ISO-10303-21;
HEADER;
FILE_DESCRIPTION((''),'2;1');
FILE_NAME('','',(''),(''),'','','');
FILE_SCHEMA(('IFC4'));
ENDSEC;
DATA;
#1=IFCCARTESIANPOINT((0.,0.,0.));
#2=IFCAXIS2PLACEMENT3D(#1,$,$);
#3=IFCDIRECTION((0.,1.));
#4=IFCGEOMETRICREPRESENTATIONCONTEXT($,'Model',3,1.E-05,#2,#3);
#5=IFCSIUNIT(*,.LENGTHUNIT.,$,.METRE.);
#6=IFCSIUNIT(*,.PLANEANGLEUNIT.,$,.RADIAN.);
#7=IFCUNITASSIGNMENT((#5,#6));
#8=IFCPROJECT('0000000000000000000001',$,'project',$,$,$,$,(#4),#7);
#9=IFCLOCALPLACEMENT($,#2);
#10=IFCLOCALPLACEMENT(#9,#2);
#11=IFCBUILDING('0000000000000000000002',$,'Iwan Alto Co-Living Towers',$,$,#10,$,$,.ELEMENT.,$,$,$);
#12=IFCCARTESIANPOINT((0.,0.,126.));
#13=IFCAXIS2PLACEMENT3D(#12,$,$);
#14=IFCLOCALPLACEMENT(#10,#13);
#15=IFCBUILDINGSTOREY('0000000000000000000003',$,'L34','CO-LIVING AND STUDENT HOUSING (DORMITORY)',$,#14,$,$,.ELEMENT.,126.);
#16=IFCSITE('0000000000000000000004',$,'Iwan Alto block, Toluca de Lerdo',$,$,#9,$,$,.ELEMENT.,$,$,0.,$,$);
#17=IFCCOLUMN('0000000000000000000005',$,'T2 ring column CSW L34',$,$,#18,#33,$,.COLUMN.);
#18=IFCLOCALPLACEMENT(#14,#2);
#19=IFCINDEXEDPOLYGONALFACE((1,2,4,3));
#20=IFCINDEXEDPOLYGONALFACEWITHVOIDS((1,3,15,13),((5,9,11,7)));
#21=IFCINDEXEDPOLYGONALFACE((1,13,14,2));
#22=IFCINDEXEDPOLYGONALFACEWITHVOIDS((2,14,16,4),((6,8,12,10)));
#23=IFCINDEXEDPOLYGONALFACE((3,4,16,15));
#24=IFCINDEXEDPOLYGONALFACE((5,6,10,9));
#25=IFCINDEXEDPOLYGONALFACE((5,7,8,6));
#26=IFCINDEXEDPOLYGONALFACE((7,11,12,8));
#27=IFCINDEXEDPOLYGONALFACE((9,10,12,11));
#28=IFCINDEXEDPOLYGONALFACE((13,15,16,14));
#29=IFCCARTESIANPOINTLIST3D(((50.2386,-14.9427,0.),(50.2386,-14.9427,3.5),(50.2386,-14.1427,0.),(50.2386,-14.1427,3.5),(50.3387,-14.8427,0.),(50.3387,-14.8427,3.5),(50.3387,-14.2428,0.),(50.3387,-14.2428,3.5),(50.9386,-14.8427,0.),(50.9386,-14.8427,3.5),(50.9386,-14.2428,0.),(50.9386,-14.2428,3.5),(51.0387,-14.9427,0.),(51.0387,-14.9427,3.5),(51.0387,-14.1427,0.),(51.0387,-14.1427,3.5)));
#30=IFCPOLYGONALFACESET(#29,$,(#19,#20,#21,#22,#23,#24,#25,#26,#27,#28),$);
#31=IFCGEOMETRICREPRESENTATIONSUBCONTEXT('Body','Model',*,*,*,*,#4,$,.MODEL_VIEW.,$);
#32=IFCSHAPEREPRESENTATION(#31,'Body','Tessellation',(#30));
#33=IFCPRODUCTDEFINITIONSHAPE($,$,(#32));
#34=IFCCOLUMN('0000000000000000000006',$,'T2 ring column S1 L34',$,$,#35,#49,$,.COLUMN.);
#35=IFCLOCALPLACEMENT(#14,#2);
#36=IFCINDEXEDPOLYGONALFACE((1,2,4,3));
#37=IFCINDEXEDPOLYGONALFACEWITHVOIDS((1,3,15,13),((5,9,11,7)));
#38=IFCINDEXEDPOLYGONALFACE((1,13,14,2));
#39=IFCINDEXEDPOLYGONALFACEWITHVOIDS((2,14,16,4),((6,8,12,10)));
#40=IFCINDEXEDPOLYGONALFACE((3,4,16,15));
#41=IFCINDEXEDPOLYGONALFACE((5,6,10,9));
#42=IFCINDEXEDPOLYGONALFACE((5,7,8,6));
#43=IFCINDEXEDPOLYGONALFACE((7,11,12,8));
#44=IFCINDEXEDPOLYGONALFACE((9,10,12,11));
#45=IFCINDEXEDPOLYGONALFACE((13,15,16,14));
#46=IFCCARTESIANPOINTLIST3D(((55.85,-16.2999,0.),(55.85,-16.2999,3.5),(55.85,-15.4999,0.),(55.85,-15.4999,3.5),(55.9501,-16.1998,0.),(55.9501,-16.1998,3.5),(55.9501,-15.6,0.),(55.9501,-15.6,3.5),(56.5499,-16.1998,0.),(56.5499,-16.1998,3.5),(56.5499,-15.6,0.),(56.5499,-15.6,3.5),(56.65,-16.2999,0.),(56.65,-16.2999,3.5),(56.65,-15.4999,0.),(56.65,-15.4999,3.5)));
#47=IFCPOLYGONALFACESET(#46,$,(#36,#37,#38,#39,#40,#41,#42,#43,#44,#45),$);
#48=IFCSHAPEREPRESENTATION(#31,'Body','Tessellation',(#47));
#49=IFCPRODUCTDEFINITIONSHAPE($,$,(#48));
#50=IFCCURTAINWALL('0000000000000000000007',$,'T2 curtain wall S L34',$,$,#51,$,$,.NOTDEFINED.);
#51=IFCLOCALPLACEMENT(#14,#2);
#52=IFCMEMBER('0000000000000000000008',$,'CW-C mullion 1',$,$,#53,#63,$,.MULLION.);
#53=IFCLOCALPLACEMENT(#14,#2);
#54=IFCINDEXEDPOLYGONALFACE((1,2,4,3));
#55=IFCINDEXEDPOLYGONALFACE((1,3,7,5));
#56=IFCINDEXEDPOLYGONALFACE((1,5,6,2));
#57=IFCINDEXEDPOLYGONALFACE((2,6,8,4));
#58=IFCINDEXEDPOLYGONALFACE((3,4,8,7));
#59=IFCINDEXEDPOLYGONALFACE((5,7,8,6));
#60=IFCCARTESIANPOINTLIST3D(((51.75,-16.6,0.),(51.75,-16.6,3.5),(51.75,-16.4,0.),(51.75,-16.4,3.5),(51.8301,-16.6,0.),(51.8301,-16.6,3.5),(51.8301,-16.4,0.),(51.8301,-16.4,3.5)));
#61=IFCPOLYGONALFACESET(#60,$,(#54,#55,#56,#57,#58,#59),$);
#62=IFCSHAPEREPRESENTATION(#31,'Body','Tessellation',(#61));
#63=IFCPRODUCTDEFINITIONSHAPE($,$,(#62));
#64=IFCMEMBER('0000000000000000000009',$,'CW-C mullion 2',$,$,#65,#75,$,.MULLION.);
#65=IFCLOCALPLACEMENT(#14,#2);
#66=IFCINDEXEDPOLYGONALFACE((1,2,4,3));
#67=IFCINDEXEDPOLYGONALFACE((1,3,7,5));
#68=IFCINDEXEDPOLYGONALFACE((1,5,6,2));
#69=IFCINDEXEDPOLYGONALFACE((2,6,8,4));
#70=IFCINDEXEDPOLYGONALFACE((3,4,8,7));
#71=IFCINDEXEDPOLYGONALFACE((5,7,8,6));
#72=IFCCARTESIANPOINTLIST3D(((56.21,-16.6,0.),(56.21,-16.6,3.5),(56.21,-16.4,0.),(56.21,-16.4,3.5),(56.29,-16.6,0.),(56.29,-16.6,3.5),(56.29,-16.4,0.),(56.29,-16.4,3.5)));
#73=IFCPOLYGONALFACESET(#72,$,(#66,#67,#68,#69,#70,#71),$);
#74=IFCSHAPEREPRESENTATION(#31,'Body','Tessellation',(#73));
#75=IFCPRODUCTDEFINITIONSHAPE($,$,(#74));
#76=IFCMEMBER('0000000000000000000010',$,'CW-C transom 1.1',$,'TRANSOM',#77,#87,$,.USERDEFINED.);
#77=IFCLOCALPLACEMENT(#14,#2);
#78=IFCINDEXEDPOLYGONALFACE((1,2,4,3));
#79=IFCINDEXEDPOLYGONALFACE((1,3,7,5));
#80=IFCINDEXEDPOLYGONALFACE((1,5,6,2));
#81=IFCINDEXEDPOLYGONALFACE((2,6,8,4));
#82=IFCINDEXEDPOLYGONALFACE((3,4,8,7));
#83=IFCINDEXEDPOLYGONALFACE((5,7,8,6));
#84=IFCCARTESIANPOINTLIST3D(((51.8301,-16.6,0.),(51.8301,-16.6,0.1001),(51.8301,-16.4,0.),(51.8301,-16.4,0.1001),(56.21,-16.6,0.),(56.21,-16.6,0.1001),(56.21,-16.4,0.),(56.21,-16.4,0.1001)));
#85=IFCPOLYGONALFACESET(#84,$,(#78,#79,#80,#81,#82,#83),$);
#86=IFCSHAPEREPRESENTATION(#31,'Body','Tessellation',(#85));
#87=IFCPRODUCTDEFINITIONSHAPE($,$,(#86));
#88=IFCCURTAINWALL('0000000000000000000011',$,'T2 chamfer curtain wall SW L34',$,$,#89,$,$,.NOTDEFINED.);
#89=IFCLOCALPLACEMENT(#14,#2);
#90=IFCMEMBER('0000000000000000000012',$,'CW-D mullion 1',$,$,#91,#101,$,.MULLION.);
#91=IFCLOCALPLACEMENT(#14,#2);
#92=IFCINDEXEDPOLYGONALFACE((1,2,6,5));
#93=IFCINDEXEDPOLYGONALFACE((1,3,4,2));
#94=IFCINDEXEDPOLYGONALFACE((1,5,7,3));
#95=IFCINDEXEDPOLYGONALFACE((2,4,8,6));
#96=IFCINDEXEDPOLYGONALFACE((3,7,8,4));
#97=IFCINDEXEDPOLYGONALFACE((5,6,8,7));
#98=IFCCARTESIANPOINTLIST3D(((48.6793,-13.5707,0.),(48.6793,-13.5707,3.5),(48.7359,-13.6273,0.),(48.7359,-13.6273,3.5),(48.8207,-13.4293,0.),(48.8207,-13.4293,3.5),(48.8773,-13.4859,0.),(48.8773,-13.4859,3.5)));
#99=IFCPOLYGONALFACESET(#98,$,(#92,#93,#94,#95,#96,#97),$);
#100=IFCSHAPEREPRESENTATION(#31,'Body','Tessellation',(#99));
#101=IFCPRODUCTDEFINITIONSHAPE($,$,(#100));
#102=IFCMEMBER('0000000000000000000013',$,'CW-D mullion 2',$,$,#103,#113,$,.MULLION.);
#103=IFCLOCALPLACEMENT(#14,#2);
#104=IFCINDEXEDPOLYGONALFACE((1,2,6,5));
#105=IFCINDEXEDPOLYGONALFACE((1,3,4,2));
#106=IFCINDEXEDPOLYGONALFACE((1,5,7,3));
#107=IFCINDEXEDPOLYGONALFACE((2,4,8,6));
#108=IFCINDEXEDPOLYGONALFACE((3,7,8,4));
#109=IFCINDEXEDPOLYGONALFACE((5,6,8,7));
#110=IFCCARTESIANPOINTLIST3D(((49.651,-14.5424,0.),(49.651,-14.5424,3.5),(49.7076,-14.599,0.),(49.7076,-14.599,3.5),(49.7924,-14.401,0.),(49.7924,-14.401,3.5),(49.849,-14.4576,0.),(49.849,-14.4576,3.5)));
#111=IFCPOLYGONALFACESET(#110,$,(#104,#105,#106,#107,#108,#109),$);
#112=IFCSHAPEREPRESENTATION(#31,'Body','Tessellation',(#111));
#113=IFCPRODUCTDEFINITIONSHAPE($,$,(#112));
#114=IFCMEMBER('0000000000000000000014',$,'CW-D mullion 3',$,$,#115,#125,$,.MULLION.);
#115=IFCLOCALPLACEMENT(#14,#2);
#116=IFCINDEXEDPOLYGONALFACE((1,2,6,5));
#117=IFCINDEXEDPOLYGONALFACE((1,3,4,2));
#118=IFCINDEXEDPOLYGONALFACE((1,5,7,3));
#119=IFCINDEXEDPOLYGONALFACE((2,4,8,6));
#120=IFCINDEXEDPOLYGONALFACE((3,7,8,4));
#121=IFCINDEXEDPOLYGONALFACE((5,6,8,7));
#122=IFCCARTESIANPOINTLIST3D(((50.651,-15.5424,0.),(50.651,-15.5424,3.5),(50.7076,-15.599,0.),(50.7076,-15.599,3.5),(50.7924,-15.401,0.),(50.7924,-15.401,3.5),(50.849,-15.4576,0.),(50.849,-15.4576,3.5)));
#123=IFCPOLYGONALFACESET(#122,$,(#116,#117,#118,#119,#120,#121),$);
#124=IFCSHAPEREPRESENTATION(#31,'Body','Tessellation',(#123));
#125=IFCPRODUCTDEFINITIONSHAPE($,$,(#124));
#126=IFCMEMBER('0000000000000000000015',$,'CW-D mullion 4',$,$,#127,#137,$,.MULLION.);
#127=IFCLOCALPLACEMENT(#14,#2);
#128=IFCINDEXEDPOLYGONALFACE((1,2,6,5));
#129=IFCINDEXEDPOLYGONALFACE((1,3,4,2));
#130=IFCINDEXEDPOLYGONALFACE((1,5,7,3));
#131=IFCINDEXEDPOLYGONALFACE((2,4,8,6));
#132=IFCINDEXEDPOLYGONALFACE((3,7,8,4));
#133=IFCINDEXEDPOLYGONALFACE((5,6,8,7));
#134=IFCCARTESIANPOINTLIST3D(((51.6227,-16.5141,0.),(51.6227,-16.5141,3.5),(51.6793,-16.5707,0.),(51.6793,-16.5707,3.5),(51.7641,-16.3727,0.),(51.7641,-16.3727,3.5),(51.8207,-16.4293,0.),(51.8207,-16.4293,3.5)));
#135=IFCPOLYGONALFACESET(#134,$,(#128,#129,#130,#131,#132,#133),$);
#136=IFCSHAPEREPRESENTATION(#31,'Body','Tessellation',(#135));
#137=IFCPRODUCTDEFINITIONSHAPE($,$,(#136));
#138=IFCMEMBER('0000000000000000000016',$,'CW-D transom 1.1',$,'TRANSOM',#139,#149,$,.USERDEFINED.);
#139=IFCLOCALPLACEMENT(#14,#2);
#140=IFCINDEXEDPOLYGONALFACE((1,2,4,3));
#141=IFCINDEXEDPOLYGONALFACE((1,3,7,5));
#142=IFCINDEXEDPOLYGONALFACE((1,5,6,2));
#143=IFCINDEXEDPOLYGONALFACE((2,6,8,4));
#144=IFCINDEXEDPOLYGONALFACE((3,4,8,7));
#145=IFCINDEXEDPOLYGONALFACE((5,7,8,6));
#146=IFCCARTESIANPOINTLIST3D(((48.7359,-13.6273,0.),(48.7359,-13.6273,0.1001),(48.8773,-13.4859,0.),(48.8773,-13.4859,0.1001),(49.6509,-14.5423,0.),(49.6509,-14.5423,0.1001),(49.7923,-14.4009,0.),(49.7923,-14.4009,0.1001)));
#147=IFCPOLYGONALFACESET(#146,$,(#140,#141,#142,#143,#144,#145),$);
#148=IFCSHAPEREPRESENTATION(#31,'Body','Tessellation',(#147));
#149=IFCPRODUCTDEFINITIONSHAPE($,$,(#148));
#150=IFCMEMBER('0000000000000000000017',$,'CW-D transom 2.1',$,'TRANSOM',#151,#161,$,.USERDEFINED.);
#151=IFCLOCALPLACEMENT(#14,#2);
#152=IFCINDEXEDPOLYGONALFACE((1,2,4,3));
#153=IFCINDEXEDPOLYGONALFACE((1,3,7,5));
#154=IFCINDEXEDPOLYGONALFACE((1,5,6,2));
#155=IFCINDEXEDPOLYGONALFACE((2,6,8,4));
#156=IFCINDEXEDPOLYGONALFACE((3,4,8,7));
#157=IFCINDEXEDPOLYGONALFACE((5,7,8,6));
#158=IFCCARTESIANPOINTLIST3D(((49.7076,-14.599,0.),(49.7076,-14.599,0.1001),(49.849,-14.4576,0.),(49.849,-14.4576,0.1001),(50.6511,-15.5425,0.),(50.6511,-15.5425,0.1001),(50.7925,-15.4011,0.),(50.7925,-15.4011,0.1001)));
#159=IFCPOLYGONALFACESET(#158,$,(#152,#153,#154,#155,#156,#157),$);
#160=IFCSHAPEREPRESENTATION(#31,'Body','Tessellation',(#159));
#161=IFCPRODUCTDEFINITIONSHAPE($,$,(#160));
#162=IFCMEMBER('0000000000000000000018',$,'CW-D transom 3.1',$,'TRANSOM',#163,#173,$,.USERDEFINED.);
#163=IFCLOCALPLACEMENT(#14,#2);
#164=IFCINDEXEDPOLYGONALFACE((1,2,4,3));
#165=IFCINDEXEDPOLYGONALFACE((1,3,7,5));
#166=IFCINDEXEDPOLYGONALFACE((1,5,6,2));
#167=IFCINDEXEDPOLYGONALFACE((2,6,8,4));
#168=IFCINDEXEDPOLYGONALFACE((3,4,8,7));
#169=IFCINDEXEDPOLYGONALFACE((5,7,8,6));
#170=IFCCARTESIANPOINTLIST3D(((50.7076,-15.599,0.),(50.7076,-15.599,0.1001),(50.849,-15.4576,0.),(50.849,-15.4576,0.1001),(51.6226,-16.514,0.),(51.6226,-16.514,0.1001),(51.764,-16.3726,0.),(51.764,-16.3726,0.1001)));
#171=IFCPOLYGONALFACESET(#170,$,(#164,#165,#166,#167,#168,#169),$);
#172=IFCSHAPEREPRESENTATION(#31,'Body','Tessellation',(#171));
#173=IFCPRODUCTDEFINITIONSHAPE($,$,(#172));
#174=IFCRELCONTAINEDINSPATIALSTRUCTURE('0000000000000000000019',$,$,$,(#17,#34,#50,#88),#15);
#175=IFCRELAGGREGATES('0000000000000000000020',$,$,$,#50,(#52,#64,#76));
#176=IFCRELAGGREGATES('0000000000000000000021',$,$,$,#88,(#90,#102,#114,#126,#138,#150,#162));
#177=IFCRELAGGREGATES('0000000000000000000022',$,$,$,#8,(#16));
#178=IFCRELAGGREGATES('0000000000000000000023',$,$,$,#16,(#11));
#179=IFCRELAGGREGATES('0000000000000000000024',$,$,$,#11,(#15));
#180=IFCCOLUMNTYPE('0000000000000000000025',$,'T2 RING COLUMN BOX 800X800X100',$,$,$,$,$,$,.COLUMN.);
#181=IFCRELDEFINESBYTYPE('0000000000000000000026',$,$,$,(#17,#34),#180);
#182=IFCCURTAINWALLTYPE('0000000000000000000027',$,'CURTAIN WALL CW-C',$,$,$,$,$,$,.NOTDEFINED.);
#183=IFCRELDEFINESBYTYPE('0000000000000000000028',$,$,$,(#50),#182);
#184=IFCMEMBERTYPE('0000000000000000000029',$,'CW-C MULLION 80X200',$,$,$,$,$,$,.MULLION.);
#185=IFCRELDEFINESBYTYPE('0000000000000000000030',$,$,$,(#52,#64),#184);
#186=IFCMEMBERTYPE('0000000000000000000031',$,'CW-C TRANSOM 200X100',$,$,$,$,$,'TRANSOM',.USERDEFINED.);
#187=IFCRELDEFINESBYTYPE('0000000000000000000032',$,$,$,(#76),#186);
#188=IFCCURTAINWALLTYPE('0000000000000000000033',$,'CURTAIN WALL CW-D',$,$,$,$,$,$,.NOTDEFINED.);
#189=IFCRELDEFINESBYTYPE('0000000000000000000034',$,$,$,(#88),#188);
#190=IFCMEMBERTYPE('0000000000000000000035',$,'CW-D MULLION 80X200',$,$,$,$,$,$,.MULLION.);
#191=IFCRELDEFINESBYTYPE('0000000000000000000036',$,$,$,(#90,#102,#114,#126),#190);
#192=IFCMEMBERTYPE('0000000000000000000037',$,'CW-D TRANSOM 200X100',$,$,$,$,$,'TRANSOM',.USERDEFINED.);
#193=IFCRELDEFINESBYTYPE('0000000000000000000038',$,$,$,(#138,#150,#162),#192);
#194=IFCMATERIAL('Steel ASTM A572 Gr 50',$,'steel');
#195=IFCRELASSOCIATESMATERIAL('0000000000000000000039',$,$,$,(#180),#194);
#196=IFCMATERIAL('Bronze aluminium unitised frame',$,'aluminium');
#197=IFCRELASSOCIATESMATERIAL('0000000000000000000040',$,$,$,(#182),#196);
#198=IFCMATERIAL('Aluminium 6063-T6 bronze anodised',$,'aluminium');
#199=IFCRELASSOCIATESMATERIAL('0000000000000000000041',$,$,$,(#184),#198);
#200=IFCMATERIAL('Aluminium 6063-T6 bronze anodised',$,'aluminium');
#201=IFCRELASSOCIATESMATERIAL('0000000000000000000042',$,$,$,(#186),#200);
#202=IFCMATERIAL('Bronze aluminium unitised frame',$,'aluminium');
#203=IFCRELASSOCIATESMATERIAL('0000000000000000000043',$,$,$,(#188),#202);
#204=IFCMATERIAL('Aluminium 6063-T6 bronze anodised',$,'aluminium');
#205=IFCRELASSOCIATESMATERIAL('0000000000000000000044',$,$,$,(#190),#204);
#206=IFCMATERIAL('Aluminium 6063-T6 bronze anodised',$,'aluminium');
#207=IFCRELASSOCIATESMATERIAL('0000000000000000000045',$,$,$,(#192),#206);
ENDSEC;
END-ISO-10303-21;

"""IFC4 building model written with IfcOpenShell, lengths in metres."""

from ifc_helpers import new_model, si_unit, direction, frame, origin, origin_2d, place, context, subcontext, project, spatial, rectangle, hollow_rectangle, extrude, material, material_profile, profile_set, type_object, element, aggregate, save


model = new_model("IFC4")

# Units and contexts
model_context = context("Model", 3, precision=1e-05, world=origin(), true_north=direction((0.0, 1.0)))
body_context = subcontext(model_context, "Body", "Model", "MODEL_VIEW")
ifc_project = project(units=[si_unit("LENGTHUNIT", "METRE"), si_unit("PLANEANGLEUNIT", "RADIAN")], contexts=[model_context])

# Site, building, storey
site_placement = place(None, origin())
site = spatial("IfcSite", under=ifc_project, at=site_placement, Name="Iwan Alto block, Toluca de Lerdo", CompositionType="ELEMENT", RefElevation=0.0)
building_placement = place(site_placement, origin())
building = spatial("IfcBuilding", under=site, at=building_placement, Name="Iwan Alto Co-Living Towers", CompositionType="ELEMENT")
storey_placement = place(building_placement, frame((0.0, 0.0, 126.0)))
storey = spatial("IfcBuildingStorey", under=building, at=storey_placement, Name="L34", Description="CO-LIVING AND STUDENT HOUSING (DORMITORY)", CompositionType="ELEMENT", Elevation=126.0)

# Columns
ifc_material_1 = material(Name="Steel ASTM A572 Gr 50", Category="steel")
ifc_material_profile_1 = material_profile(ifc_material_1, hollow_rectangle(XDim=0.8, YDim=0.8, WallThickness=0.1001, at=origin_2d()), Name="BOX 800X800X100")
ifc_profile_set_1 = profile_set([ifc_material_profile_1], Name="Steel ASTM A572 Gr 50")
column_type = type_object("IfcColumnType", Name="T2 RING COLUMN BOX 800X800X100", PredefinedType="COLUMN", material=ifc_profile_set_1)
for number, where, z_axis, x_axis, name in (
    (1, (50.6387, -14.5427, 0.0), (0.0, 0.0, 1.0), (1.0, 0.0, 0.0), "T2 ring column CSW L34"),
    (2, (56.25, -15.8999, 0.0), (0.0, 0.0, 1.0), (1.0, 0.0, 0.0), "T2 ring column S1 L34"),
):
    element("IfcColumn", number, at=place(storey_placement, frame(where, z_axis=z_axis, x_axis=x_axis)), inside=storey, type_object=column_type, Name=name, PredefinedType="COLUMN", context=body_context, shape_type="SweptSolid", body=[
        extrude(hollow_rectangle(XDim=0.8, YDim=0.8, WallThickness=0.1001, at=origin_2d()), origin(), (0.0, 0.0, 1.0), 3.5),
    ])

# Curtain walls, members
ifc_material_2 = material(Name="Bronze aluminium unitised frame", Category="aluminium")
curtain_wall_type_1 = type_object("IfcCurtainWallType", Name="CURTAIN WALL CW-C", PredefinedType="NOTDEFINED", material=ifc_material_2)
curtain_wall_1_placement = place(storey_placement, origin())
curtain_wall_1 = element("IfcCurtainWall", 3, at=curtain_wall_1_placement, inside=storey, type_object=curtain_wall_type_1, Name="T2 curtain wall S L34", PredefinedType="NOTDEFINED")
ifc_material_3 = material(Name="Aluminium 6063-T6 bronze anodised", Category="aluminium")
ifc_material_profile_2 = material_profile(ifc_material_3, rectangle(XDim=0.2, YDim=0.0801, at=origin_2d()), Name="AL 80X200")
ifc_profile_set_2 = profile_set([ifc_material_profile_2], Name="Aluminium 6063-T6 bronze anodised")
member_type_1 = type_object("IfcMemberType", Name="CW-C MULLION 80X200", PredefinedType="MULLION", material=ifc_profile_set_2)
member_1_placement = place(storey_placement, frame((51.79, -16.5, 0.0), z_axis=(0.0, 0.0, 1.0), x_axis=(0.0, 1.0, 0.0)))
member_1 = element("IfcMember", 4, at=member_1_placement, type_object=member_type_1, Name="CW-C mullion 1", PredefinedType="MULLION", context=body_context, shape_type="SweptSolid", body=[
    extrude(rectangle(XDim=0.2, YDim=0.0801, at=origin_2d()), origin(), (0.0, 0.0, 1.0), 3.5),
])
member_2_placement = place(storey_placement, frame((56.25, -16.5, 0.0), z_axis=(0.0, 0.0, 1.0), x_axis=(0.0, 1.0, 0.0)))
member_2 = element("IfcMember", 5, at=member_2_placement, type_object=member_type_1, Name="CW-C mullion 2", PredefinedType="MULLION", context=body_context, shape_type="SweptSolid", body=[
    extrude(rectangle(XDim=0.2, YDim=0.0801, at=origin_2d()), origin(), (0.0, 0.0, 1.0), 3.5),
])
ifc_material_4 = material(Name="Aluminium 6063-T6 bronze anodised", Category="aluminium")
ifc_material_profile_3 = material_profile(ifc_material_4, rectangle(XDim=0.2, YDim=0.1001, at=origin_2d()), Name="AL 200X100")
ifc_profile_set_3 = profile_set([ifc_material_profile_3], Name="Aluminium 6063-T6 bronze anodised")
member_type_2 = type_object("IfcMemberType", Name="CW-C TRANSOM 200X100", ElementType="TRANSOM", PredefinedType="USERDEFINED", material=ifc_profile_set_3)
member_3_placement = place(storey_placement, frame((51.8301, -16.5, 0.05), z_axis=(1.0, 0.0, 0.0), x_axis=(0.0, 1.0, 0.0)))
member_3 = element("IfcMember", 6, at=member_3_placement, type_object=member_type_2, Name="CW-C transom 1.1", ObjectType="TRANSOM", PredefinedType="USERDEFINED", context=body_context, shape_type="SweptSolid", body=[
    extrude(rectangle(XDim=0.2, YDim=0.1001, at=origin_2d()), origin(), (0.0, 0.0, 1.0), 4.3799),
])
ifc_material_5 = material(Name="Bronze aluminium unitised frame", Category="aluminium")
curtain_wall_type_2 = type_object("IfcCurtainWallType", Name="CURTAIN WALL CW-D", PredefinedType="NOTDEFINED", material=ifc_material_5)
curtain_wall_2_placement = place(storey_placement, origin())
curtain_wall_2 = element("IfcCurtainWall", 7, at=curtain_wall_2_placement, inside=storey, type_object=curtain_wall_type_2, Name="T2 chamfer curtain wall SW L34", PredefinedType="NOTDEFINED")
ifc_material_6 = material(Name="Aluminium 6063-T6 bronze anodised", Category="aluminium")
ifc_material_profile_4 = material_profile(ifc_material_6, rectangle(XDim=0.2, YDim=0.0801, at=origin_2d()), Name="AL 80X200")
ifc_profile_set_4 = profile_set([ifc_material_profile_4], Name="Aluminium 6063-T6 bronze anodised")
member_type_3 = type_object("IfcMemberType", Name="CW-D MULLION 80X200", PredefinedType="MULLION", material=ifc_profile_set_4)
member_4_placement = place(storey_placement, frame((48.7783, -13.5283, 0.0), z_axis=(0.0, 0.0, 1.0), x_axis=(0.707107, 0.707107, 0.0)))
member_4 = element("IfcMember", 8, at=member_4_placement, type_object=member_type_3, Name="CW-D mullion 1", PredefinedType="MULLION", context=body_context, shape_type="SweptSolid", body=[
    extrude(rectangle(XDim=0.2, YDim=0.0801, at=origin_2d()), origin(), (0.0, 0.0, 1.0), 3.5),
])
member_5_placement = place(storey_placement, frame((49.75, -14.5, 0.0), z_axis=(0.0, 0.0, 1.0), x_axis=(0.707107, 0.707107, 0.0)))
member_5 = element("IfcMember", 9, at=member_5_placement, type_object=member_type_3, Name="CW-D mullion 2", PredefinedType="MULLION", context=body_context, shape_type="SweptSolid", body=[
    extrude(rectangle(XDim=0.2, YDim=0.0801, at=origin_2d()), origin(), (0.0, 0.0, 1.0), 3.5),
])
member_6_placement = place(storey_placement, frame((50.75, -15.5, 0.0), z_axis=(0.0, 0.0, 1.0), x_axis=(0.707107, 0.707107, 0.0)))
member_6 = element("IfcMember", 10, at=member_6_placement, type_object=member_type_3, Name="CW-D mullion 3", PredefinedType="MULLION", context=body_context, shape_type="SweptSolid", body=[
    extrude(rectangle(XDim=0.2, YDim=0.0801, at=origin_2d()), origin(), (0.0, 0.0, 1.0), 3.5),
])
member_7_placement = place(storey_placement, frame((51.7217, -16.4717, 0.0), z_axis=(0.0, 0.0, 1.0), x_axis=(0.707107, 0.707107, 0.0)))
member_7 = element("IfcMember", 11, at=member_7_placement, type_object=member_type_3, Name="CW-D mullion 4", PredefinedType="MULLION", context=body_context, shape_type="SweptSolid", body=[
    extrude(rectangle(XDim=0.2, YDim=0.0801, at=origin_2d()), origin(), (0.0, 0.0, 1.0), 3.5),
])
ifc_material_7 = material(Name="Aluminium 6063-T6 bronze anodised", Category="aluminium")
ifc_material_profile_5 = material_profile(ifc_material_7, rectangle(XDim=0.2, YDim=0.1001, at=origin_2d()), Name="AL 200X100")
ifc_profile_set_5 = profile_set([ifc_material_profile_5], Name="Aluminium 6063-T6 bronze anodised")
member_type_4 = type_object("IfcMemberType", Name="CW-D TRANSOM 200X100", ElementType="TRANSOM", PredefinedType="USERDEFINED", material=ifc_profile_set_5)
member_8_placement = place(storey_placement, frame((48.8066, -13.5566, 0.05), z_axis=(0.707107, -0.707107, 0.0), x_axis=(0.707107, 0.707107, 0.0)))
member_8 = element("IfcMember", 12, at=member_8_placement, type_object=member_type_4, Name="CW-D transom 1.1", ObjectType="TRANSOM", PredefinedType="USERDEFINED", context=body_context, shape_type="SweptSolid", body=[
    extrude(rectangle(XDim=0.2, YDim=0.1001, at=origin_2d()), origin(), (0.0, 0.0, 1.0), 1.2939),
])
member_9_placement = place(storey_placement, frame((49.7783, -14.5283, 0.05), z_axis=(0.707107, -0.707107, 0.0), x_axis=(0.707107, 0.707107, 0.0)))
member_9 = element("IfcMember", 13, at=member_9_placement, type_object=member_type_4, Name="CW-D transom 2.1", ObjectType="TRANSOM", PredefinedType="USERDEFINED", context=body_context, shape_type="SweptSolid", body=[
    extrude(rectangle(XDim=0.2, YDim=0.1001, at=origin_2d()), origin(), (0.0, 0.0, 1.0), 1.3342),
])
member_10_placement = place(storey_placement, frame((50.7783, -15.5283, 0.05), z_axis=(0.707107, -0.707107, 0.0), x_axis=(0.707107, 0.707107, 0.0)))
member_10 = element("IfcMember", 14, at=member_10_placement, type_object=member_type_4, Name="CW-D transom 3.1", ObjectType="TRANSOM", PredefinedType="USERDEFINED", context=body_context, shape_type="SweptSolid", body=[
    extrude(rectangle(XDim=0.2, YDim=0.1001, at=origin_2d()), origin(), (0.0, 0.0, 1.0), 1.2939),
])

aggregate(curtain_wall_1, [member_1, member_2, member_3])
aggregate(curtain_wall_2, [member_4, member_5, member_6, member_7, member_8, member_9, member_10])

save(model, "model.ifc")
